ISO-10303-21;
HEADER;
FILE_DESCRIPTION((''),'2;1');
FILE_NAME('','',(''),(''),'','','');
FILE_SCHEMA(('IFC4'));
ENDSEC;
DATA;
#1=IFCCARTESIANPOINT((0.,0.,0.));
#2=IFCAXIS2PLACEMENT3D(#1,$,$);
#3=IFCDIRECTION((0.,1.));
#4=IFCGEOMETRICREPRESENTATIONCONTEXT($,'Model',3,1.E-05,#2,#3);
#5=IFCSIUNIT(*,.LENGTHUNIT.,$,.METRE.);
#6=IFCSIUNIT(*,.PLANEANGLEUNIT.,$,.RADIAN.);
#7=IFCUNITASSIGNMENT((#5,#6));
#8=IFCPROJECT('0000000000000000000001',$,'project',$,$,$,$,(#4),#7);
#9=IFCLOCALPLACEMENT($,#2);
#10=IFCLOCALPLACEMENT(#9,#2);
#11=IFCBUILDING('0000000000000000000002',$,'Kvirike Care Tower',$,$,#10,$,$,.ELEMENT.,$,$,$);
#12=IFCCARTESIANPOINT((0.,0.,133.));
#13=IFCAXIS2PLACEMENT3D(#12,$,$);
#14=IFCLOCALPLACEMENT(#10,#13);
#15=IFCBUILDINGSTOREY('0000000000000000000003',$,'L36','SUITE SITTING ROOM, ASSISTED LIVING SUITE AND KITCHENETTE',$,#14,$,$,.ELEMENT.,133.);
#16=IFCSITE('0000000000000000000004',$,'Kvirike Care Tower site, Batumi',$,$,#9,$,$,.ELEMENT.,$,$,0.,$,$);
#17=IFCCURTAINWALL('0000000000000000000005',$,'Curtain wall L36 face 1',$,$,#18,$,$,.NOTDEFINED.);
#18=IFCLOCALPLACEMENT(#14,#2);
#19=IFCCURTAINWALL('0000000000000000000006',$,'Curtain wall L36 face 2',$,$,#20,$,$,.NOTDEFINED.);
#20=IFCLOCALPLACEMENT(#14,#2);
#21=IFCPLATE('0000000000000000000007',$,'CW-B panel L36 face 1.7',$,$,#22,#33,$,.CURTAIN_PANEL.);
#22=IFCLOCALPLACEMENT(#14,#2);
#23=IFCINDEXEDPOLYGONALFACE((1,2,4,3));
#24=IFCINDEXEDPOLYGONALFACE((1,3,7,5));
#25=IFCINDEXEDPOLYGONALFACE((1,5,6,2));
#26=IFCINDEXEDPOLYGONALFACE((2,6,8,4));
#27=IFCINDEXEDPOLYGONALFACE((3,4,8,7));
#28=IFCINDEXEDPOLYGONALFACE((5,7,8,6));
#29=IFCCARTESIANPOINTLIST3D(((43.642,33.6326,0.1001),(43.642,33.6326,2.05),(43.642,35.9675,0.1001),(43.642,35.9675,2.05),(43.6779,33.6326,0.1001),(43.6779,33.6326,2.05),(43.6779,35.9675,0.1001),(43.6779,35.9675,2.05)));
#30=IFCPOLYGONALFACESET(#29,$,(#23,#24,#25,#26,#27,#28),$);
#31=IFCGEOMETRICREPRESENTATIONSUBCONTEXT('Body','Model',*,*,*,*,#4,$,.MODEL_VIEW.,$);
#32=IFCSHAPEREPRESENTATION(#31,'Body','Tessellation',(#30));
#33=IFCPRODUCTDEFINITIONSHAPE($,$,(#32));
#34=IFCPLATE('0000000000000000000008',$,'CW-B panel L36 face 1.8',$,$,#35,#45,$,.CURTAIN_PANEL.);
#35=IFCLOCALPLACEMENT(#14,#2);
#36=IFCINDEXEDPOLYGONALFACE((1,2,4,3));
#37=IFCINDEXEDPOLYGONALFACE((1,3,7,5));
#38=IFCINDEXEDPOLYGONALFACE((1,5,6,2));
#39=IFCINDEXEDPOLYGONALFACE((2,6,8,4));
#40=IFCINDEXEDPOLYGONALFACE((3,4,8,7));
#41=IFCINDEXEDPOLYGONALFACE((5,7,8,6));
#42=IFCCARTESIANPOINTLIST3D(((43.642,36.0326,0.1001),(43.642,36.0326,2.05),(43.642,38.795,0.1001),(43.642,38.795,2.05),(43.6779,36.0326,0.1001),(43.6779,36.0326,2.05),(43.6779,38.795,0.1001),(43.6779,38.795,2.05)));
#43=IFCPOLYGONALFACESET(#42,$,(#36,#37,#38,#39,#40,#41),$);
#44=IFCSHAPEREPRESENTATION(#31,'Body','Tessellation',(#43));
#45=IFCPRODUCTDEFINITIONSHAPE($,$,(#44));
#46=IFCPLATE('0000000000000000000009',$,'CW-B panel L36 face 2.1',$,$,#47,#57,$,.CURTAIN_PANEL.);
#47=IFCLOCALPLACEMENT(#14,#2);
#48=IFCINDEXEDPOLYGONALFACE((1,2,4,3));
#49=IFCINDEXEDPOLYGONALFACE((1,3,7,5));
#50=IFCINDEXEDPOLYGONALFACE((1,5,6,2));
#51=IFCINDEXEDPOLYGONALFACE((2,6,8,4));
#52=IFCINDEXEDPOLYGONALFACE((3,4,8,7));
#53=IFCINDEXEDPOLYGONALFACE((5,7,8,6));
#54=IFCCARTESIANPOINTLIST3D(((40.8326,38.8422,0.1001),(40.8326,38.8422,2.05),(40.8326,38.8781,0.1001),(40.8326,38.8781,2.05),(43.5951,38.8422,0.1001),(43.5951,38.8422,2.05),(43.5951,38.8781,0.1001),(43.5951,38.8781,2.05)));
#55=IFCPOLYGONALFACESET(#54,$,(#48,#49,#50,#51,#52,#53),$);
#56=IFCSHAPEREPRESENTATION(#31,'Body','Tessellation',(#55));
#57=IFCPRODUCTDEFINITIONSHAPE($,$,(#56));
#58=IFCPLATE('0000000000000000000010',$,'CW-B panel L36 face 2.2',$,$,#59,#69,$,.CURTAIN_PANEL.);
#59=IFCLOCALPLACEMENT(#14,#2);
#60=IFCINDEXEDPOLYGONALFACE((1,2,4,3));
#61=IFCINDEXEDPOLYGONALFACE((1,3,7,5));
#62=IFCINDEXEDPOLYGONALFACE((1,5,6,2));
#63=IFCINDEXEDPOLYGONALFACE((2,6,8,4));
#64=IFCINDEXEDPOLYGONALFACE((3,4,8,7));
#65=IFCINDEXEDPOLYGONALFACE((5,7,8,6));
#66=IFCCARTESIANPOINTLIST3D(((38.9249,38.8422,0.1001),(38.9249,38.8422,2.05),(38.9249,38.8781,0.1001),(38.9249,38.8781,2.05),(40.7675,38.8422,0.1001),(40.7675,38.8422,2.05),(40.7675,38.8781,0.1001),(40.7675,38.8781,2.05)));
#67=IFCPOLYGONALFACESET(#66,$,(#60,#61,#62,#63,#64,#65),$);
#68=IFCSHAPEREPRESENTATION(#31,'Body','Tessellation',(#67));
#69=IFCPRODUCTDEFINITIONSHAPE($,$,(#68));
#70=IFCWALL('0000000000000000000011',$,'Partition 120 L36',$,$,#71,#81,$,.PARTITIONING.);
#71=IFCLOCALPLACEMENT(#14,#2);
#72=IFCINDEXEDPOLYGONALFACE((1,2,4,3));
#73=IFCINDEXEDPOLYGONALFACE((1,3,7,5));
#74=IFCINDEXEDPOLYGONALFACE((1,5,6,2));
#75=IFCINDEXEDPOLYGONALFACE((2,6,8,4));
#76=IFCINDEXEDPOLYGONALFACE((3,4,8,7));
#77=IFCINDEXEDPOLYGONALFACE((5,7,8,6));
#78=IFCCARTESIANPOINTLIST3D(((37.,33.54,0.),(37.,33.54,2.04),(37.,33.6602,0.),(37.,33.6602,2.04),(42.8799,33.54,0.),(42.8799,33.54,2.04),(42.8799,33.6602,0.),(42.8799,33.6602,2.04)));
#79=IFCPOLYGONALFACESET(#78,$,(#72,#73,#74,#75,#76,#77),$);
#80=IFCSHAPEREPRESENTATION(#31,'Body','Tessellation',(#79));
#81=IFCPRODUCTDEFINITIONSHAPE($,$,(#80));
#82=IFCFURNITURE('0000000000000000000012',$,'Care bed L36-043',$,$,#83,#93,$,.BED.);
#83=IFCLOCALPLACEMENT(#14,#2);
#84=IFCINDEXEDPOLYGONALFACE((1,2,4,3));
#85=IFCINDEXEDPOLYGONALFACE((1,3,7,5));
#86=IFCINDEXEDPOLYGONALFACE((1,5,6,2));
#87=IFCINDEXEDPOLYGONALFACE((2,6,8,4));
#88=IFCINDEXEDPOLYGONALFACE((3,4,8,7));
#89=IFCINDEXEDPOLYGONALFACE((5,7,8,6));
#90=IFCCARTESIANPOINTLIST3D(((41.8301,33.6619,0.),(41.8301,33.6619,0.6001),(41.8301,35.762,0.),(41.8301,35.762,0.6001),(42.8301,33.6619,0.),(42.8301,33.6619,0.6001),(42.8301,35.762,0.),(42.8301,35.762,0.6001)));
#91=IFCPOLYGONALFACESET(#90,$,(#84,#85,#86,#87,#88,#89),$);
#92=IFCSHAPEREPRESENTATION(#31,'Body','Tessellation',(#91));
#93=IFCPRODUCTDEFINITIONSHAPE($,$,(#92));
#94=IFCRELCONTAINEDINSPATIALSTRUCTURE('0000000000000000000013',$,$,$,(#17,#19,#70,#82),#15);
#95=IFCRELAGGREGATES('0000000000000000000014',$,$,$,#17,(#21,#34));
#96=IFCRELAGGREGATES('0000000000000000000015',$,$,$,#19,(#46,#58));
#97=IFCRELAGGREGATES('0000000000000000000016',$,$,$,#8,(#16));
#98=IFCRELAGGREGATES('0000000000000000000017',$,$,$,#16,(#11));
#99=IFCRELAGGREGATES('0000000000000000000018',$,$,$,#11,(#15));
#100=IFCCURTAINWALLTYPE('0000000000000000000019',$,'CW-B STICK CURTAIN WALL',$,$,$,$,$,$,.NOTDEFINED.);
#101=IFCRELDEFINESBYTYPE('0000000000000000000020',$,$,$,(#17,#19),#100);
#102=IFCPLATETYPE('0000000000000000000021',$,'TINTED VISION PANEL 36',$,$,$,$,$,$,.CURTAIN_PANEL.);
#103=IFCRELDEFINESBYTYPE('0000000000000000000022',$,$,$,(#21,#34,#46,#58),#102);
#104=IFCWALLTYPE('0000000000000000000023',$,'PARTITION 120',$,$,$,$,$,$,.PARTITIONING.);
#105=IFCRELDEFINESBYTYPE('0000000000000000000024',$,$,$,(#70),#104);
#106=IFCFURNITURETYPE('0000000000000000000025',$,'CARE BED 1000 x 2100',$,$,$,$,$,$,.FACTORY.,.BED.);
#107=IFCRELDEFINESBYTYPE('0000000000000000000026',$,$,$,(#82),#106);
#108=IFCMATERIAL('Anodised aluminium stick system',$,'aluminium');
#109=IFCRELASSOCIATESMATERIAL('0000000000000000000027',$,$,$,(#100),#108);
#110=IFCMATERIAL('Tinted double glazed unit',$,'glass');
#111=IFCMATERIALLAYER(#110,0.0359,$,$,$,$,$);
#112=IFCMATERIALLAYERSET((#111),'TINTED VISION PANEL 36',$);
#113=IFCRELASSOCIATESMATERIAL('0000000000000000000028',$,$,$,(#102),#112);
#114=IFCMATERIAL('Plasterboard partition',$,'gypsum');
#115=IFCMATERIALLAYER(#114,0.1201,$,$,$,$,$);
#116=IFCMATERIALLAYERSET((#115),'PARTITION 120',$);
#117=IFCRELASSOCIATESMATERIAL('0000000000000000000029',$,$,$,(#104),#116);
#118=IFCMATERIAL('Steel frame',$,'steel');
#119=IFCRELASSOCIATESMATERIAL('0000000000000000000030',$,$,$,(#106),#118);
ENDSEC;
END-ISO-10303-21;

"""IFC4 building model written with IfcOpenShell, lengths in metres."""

from ifc_helpers import new_model, si_unit, direction, frame, frame_2d, origin, origin_2d, place, context, subcontext, project, spatial, rectangle, extrude, material, layer, layer_set, type_object, element, aggregate, save


model = new_model("IFC4")

# Units and contexts
model_context = context("Model", 3, precision=1e-05, world=origin(), true_north=direction((0.0, 1.0)))
body_context = subcontext(model_context, "Body", "Model", "MODEL_VIEW")
ifc_project = project(units=[si_unit("LENGTHUNIT", "METRE"), si_unit("PLANEANGLEUNIT", "RADIAN")], contexts=[model_context])

# Site, building, storey
site_placement = place(None, origin())
site = spatial("IfcSite", under=ifc_project, at=site_placement, Name="Kvirike Care Tower site, Batumi", CompositionType="ELEMENT", RefElevation=0.0)
building_placement = place(site_placement, origin())
building = spatial("IfcBuilding", under=site, at=building_placement, Name="Kvirike Care Tower", CompositionType="ELEMENT")
storey_placement = place(building_placement, frame((0.0, 0.0, 133.0)))
storey = spatial("IfcBuildingStorey", under=building, at=storey_placement, Name="L36", Description="SUITE SITTING ROOM, ASSISTED LIVING SUITE AND KITCHENETTE", CompositionType="ELEMENT", Elevation=133.0)

# Curtain walls
ifc_material_1 = material(Name="Anodised aluminium stick system", Category="aluminium")
curtain_wall_type = type_object("IfcCurtainWallType", Name="CW-B STICK CURTAIN WALL", PredefinedType="NOTDEFINED", material=ifc_material_1)
curtain_wall_1_placement = place(storey_placement, origin())
curtain_wall_1 = element("IfcCurtainWall", 1, at=curtain_wall_1_placement, inside=storey, type_object=curtain_wall_type, Name="Curtain wall L36 face 1", PredefinedType="NOTDEFINED")
curtain_wall_2_placement = place(storey_placement, origin())
curtain_wall_2 = element("IfcCurtainWall", 2, at=curtain_wall_2_placement, inside=storey, type_object=curtain_wall_type, Name="Curtain wall L36 face 2", PredefinedType="NOTDEFINED")

# Plates
ifc_material_2 = material(Name="Tinted double glazed unit", Category="glass")
ifc_layer_1 = layer(ifc_material_2, 0.0359)
ifc_layer_set_1 = layer_set([ifc_layer_1], Name="TINTED VISION PANEL 36")
plate_type = type_object("IfcPlateType", Name="TINTED VISION PANEL 36", PredefinedType="CURTAIN_PANEL", material=ifc_layer_set_1)
plate_1_placement = place(storey_placement, frame((43.6599, 34.8, 0.1001), z_axis=(0.0, 0.0, 1.0), x_axis=(0.0, 1.0, 0.0)))
plate_1 = element("IfcPlate", 3, at=plate_1_placement, type_object=plate_type, Name="CW-B panel L36 face 1.7", PredefinedType="CURTAIN_PANEL", context=body_context, shape_type="SweptSolid", body=[
    extrude(rectangle(XDim=2.335, YDim=0.0359, at=origin_2d()), origin(), (0.0, 0.0, 1.0), 1.95),
])
plate_2_placement = place(storey_placement, frame((43.6599, 37.4138, 0.1001), z_axis=(0.0, 0.0, 1.0), x_axis=(0.0, 1.0, 0.0)))
plate_2 = element("IfcPlate", 4, at=plate_2_placement, type_object=plate_type, Name="CW-B panel L36 face 1.8", PredefinedType="CURTAIN_PANEL", context=body_context, shape_type="SweptSolid", body=[
    extrude(rectangle(XDim=2.7625, YDim=0.0359, at=origin_2d()), origin(), (0.0, 0.0, 1.0), 1.95),
])
aggregate(curtain_wall_1, [plate_1, plate_2])
plate_3_placement = place(storey_placement, frame((42.2139, 38.8601, 0.1001), z_axis=(0.0, 0.0, 1.0), x_axis=(-1.0, 0.0, 0.0)))
plate_3 = element("IfcPlate", 5, at=plate_3_placement, type_object=plate_type, Name="CW-B panel L36 face 2.1", PredefinedType="CURTAIN_PANEL", context=body_context, shape_type="SweptSolid", body=[
    extrude(rectangle(XDim=2.7625, YDim=0.0359, at=origin_2d()), origin(), (0.0, 0.0, 1.0), 1.95),
])
plate_4_placement = place(storey_placement, frame((39.8462, 38.8601, 0.1001), z_axis=(0.0, 0.0, 1.0), x_axis=(-1.0, 0.0, 0.0)))
plate_4 = element("IfcPlate", 6, at=plate_4_placement, type_object=plate_type, Name="CW-B panel L36 face 2.2", PredefinedType="CURTAIN_PANEL", context=body_context, shape_type="SweptSolid", body=[
    extrude(rectangle(XDim=1.8425, YDim=0.0359, at=origin_2d()), origin(), (0.0, 0.0, 1.0), 1.95),
])
aggregate(curtain_wall_2, [plate_3, plate_4])

# Wall
ifc_material_3 = material(Name="Plasterboard partition", Category="gypsum")
ifc_layer_2 = layer(ifc_material_3, 0.1201)
ifc_layer_set_2 = layer_set([ifc_layer_2], Name="PARTITION 120")
wall_type = type_object("IfcWallType", Name="PARTITION 120", PredefinedType="PARTITIONING", material=ifc_layer_set_2)
wall_placement = place(storey_placement, frame((42.8799, 33.6001, 0.0), z_axis=(0.0, 0.0, 1.0), x_axis=(-1.0, 0.0, 0.0)))
element("IfcWall", 7, at=wall_placement, inside=storey, type_object=wall_type, Name="Partition 120 L36", PredefinedType="PARTITIONING", context=body_context, shape_type="SweptSolid", body=[
    extrude(rectangle(XDim=5.8799, YDim=0.1201, at=frame_2d((2.9399, 0.0))), origin(), (0.0, 0.0, 1.0), 2.04),
])

# Furniture
ifc_material_4 = material(Name="Steel frame", Category="steel")
furniture_type = type_object("IfcFurnitureType", Name="CARE BED 1000 x 2100", AssemblyPlace="FACTORY", PredefinedType="BED", material=ifc_material_4)
furniture_placement = place(storey_placement, frame((42.3301, 34.7119, 0.0), z_axis=(0.0, 0.0, 1.0), x_axis=(-1.0, 0.0, 0.0)))
element("IfcFurniture", 8, at=furniture_placement, inside=storey, type_object=furniture_type, Name="Care bed L36-043", PredefinedType="BED", context=body_context, shape_type="SweptSolid", body=[
    extrude(rectangle(XDim=1.0, YDim=2.1001, at=origin_2d()), origin(), (0.0, 0.0, 1.0), 0.6001),
])

save(model, "model.ifc")
